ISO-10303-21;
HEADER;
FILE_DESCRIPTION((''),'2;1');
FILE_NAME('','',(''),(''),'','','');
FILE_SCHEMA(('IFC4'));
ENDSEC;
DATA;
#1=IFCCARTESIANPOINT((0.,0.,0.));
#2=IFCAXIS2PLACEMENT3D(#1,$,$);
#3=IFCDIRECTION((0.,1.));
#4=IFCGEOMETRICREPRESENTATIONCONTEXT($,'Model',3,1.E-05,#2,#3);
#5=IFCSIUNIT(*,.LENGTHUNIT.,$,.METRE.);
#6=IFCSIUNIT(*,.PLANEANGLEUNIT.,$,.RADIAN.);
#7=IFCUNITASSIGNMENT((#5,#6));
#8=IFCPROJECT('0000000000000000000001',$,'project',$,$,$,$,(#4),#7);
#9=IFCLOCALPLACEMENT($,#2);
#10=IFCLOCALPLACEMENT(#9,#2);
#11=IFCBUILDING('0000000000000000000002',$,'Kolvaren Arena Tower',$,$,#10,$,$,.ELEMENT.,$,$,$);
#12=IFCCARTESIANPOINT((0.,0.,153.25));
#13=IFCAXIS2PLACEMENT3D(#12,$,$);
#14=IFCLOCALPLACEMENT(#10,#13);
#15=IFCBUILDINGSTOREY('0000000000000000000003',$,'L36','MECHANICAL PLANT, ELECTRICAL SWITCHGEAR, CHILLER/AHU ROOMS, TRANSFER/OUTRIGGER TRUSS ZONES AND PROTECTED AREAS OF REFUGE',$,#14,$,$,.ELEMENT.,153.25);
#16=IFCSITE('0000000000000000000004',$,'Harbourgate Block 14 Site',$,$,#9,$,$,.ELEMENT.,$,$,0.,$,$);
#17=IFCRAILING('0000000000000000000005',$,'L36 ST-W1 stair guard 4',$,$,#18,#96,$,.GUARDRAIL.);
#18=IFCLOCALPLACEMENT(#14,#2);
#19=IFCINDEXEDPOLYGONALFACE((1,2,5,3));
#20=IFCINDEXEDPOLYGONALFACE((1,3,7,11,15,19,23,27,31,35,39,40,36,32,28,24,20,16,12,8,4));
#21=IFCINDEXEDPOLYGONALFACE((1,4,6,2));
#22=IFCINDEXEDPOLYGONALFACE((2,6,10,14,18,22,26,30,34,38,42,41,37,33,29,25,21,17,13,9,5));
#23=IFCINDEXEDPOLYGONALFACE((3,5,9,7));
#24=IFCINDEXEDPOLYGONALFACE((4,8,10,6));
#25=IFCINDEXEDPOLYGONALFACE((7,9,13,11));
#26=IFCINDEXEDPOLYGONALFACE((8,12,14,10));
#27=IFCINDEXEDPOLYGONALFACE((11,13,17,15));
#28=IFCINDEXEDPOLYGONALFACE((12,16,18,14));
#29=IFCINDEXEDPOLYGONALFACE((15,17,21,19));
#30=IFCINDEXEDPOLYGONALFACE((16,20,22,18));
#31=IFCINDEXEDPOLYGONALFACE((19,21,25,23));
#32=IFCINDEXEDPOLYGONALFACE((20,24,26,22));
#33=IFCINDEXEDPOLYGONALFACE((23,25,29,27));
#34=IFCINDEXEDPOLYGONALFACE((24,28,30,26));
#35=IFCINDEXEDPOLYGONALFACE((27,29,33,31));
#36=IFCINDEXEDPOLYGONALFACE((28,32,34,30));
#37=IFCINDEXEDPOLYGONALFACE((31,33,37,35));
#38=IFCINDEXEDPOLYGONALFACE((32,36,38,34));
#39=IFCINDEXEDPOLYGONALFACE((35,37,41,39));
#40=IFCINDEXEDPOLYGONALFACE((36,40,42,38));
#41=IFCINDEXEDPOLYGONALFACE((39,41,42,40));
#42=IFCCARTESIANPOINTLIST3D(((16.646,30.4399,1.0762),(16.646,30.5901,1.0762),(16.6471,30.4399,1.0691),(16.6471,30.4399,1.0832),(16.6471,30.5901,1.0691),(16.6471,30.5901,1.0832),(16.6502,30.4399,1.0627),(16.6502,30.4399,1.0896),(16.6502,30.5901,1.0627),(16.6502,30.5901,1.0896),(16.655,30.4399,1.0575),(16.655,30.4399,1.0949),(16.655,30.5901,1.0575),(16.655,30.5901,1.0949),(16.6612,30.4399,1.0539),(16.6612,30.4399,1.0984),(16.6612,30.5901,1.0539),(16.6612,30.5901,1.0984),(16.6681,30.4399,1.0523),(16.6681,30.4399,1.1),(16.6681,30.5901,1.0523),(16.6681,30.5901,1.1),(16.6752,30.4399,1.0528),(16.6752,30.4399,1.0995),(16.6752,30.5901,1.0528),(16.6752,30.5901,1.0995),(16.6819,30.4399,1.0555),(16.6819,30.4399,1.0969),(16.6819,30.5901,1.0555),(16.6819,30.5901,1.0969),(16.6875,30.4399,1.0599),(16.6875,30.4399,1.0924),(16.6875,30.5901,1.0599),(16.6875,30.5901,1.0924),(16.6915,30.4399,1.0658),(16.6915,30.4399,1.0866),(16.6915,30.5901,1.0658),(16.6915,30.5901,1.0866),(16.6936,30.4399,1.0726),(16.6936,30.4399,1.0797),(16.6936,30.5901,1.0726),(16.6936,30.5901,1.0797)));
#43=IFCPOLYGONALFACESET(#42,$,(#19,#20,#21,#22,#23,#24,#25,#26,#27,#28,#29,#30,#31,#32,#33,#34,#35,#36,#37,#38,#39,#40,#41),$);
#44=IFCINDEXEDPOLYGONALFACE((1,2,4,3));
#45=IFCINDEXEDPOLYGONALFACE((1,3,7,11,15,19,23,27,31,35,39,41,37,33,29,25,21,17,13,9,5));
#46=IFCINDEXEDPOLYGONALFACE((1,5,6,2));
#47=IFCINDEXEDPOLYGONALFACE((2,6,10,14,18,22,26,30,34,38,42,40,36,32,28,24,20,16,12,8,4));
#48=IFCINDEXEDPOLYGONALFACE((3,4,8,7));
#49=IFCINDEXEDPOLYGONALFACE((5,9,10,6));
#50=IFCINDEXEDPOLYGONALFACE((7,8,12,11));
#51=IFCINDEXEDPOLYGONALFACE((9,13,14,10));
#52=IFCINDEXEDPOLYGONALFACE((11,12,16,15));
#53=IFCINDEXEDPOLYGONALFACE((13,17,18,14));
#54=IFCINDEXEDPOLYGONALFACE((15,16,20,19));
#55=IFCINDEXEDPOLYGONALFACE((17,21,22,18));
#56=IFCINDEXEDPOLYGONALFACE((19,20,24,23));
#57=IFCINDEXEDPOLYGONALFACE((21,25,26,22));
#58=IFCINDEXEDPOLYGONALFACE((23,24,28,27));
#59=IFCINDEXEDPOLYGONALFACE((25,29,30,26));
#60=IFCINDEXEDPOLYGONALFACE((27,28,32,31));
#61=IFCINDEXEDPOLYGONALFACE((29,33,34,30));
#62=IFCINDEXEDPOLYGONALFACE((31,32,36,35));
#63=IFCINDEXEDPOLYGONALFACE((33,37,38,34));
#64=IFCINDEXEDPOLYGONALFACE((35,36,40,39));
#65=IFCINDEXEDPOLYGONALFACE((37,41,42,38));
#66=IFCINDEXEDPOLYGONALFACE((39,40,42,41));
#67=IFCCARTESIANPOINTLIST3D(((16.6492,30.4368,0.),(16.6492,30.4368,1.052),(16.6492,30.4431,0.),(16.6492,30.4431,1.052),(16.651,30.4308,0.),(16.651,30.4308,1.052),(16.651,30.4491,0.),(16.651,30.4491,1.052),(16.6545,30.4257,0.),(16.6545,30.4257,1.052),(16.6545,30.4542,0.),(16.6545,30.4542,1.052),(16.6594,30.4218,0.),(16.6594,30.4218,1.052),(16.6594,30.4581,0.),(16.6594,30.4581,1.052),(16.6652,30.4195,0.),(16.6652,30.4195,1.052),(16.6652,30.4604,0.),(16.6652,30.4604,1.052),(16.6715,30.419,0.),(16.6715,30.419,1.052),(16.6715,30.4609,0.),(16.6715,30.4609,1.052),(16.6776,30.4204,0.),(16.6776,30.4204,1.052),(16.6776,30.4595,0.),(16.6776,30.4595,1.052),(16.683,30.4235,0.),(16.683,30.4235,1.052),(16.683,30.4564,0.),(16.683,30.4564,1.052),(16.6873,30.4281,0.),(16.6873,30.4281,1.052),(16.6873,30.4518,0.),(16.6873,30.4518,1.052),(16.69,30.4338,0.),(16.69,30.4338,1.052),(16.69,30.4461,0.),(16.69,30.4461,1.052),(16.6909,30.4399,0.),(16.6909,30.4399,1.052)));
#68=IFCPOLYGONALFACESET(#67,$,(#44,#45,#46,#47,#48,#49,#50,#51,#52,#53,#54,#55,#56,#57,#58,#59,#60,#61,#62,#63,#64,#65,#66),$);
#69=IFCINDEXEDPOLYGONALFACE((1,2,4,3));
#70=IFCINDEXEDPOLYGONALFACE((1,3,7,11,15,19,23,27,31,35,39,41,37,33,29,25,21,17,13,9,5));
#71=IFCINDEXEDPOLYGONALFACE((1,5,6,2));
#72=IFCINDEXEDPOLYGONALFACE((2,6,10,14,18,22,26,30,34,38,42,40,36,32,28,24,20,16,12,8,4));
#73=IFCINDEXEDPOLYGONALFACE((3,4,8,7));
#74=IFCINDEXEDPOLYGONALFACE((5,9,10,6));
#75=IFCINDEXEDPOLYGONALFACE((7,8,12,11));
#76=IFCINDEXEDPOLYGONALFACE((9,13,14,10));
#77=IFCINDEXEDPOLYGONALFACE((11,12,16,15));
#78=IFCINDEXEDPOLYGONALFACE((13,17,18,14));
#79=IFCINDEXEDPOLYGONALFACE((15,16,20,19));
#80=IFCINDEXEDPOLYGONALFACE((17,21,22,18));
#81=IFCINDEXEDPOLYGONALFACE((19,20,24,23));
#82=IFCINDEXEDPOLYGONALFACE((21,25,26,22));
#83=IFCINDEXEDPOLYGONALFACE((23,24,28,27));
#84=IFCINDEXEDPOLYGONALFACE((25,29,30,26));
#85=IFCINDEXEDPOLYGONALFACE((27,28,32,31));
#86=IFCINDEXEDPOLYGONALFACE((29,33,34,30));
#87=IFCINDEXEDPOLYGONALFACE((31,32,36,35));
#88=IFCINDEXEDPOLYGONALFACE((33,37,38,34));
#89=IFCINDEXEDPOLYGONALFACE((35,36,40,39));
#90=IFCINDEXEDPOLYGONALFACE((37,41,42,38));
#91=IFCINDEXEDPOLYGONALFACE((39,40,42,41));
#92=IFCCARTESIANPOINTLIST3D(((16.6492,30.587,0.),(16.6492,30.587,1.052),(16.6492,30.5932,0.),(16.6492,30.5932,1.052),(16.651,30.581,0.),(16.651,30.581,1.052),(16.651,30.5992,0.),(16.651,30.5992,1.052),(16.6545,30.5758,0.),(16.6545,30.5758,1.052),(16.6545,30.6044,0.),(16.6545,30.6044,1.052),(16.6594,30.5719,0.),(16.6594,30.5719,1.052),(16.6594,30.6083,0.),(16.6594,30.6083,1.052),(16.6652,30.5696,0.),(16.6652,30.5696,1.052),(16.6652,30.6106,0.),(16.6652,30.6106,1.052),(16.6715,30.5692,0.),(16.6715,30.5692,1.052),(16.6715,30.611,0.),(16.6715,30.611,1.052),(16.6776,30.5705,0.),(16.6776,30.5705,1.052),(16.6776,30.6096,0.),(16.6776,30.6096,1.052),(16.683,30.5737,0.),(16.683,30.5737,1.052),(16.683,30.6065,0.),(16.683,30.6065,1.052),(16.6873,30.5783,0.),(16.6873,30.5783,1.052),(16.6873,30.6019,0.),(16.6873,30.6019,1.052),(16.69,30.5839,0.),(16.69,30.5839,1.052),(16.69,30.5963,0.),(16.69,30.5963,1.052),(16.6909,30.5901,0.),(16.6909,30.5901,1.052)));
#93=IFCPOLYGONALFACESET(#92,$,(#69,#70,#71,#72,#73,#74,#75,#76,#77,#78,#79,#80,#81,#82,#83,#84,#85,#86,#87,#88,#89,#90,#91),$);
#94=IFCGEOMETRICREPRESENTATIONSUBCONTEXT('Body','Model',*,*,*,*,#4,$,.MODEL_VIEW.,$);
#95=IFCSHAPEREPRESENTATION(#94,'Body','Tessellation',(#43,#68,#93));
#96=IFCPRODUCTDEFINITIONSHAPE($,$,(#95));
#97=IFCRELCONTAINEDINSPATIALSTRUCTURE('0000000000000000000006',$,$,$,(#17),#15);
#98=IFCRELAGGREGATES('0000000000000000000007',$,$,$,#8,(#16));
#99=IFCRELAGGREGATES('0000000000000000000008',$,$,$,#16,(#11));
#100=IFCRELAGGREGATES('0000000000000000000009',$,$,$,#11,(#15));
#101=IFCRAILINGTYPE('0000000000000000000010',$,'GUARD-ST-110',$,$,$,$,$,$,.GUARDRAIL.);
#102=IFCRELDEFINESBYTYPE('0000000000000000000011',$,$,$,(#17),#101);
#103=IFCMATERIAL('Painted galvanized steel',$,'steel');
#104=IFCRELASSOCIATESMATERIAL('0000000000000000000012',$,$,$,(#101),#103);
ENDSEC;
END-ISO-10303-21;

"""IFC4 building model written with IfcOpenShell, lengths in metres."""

from ifc_helpers import new_model, si_unit, direction, frame, origin, origin_2d, place, context, subcontext, project, spatial, circle, extrude, material, type_object, element, save


model = new_model("IFC4")

# Units and contexts
model_context = context("Model", 3, precision=1e-05, world=origin(), true_north=direction((0.0, 1.0)))
body_context = subcontext(model_context, "Body", "Model", "MODEL_VIEW")
ifc_project = project(units=[si_unit("LENGTHUNIT", "METRE"), si_unit("PLANEANGLEUNIT", "RADIAN")], contexts=[model_context])

# Site, building, storey
site_placement = place(None, origin())
site = spatial("IfcSite", under=ifc_project, at=site_placement, Name="Harbourgate Block 14 Site", CompositionType="ELEMENT", RefElevation=0.0)
building_placement = place(site_placement, origin())
building = spatial("IfcBuilding", under=site, at=building_placement, Name="Kolvaren Arena Tower", CompositionType="ELEMENT")
storey_placement = place(building_placement, frame((0.0, 0.0, 153.25)))
storey = spatial("IfcBuildingStorey", under=building, at=storey_placement, Name="L36", Description="MECHANICAL PLANT, ELECTRICAL SWITCHGEAR, CHILLER/AHU ROOMS, TRANSFER/OUTRIGGER TRUSS ZONES AND PROTECTED AREAS OF REFUGE", CompositionType="ELEMENT", Elevation=153.25)

# Railing
ifc_material_1 = material(Name="Painted galvanized steel", Category="steel")
railing_type_1 = type_object("IfcRailingType", Name="GUARD-ST-110", PredefinedType="GUARDRAIL", material=ifc_material_1)
railing_1_placement = place(storey_placement, frame((16.6699, 30.4399, 0.0)))
element("IfcRailing", 1, at=railing_1_placement, inside=storey, type_object=railing_type_1, Name="L36 ST-W1 stair guard 4", PredefinedType="GUARDRAIL", context=body_context, shape_type="SweptSolid", body=[
    extrude(circle(Radius=0.0239, at=origin_2d()), frame((0.0, 0.0, 1.0762), z_axis=(0.0, 1.0, 0.0), x_axis=(-1.0, 0.0, 0.0)), (0.0, 0.0, 1.0), 0.1501),
    extrude(circle(Radius=0.021, at=origin_2d()), origin(), (0.0, 0.0, 1.0), 1.052),
    extrude(circle(Radius=0.021, at=origin_2d()), frame((0.0, 0.1501, 0.0)), (0.0, 0.0, 1.0), 1.052),
])

save(model, "model.ifc")
